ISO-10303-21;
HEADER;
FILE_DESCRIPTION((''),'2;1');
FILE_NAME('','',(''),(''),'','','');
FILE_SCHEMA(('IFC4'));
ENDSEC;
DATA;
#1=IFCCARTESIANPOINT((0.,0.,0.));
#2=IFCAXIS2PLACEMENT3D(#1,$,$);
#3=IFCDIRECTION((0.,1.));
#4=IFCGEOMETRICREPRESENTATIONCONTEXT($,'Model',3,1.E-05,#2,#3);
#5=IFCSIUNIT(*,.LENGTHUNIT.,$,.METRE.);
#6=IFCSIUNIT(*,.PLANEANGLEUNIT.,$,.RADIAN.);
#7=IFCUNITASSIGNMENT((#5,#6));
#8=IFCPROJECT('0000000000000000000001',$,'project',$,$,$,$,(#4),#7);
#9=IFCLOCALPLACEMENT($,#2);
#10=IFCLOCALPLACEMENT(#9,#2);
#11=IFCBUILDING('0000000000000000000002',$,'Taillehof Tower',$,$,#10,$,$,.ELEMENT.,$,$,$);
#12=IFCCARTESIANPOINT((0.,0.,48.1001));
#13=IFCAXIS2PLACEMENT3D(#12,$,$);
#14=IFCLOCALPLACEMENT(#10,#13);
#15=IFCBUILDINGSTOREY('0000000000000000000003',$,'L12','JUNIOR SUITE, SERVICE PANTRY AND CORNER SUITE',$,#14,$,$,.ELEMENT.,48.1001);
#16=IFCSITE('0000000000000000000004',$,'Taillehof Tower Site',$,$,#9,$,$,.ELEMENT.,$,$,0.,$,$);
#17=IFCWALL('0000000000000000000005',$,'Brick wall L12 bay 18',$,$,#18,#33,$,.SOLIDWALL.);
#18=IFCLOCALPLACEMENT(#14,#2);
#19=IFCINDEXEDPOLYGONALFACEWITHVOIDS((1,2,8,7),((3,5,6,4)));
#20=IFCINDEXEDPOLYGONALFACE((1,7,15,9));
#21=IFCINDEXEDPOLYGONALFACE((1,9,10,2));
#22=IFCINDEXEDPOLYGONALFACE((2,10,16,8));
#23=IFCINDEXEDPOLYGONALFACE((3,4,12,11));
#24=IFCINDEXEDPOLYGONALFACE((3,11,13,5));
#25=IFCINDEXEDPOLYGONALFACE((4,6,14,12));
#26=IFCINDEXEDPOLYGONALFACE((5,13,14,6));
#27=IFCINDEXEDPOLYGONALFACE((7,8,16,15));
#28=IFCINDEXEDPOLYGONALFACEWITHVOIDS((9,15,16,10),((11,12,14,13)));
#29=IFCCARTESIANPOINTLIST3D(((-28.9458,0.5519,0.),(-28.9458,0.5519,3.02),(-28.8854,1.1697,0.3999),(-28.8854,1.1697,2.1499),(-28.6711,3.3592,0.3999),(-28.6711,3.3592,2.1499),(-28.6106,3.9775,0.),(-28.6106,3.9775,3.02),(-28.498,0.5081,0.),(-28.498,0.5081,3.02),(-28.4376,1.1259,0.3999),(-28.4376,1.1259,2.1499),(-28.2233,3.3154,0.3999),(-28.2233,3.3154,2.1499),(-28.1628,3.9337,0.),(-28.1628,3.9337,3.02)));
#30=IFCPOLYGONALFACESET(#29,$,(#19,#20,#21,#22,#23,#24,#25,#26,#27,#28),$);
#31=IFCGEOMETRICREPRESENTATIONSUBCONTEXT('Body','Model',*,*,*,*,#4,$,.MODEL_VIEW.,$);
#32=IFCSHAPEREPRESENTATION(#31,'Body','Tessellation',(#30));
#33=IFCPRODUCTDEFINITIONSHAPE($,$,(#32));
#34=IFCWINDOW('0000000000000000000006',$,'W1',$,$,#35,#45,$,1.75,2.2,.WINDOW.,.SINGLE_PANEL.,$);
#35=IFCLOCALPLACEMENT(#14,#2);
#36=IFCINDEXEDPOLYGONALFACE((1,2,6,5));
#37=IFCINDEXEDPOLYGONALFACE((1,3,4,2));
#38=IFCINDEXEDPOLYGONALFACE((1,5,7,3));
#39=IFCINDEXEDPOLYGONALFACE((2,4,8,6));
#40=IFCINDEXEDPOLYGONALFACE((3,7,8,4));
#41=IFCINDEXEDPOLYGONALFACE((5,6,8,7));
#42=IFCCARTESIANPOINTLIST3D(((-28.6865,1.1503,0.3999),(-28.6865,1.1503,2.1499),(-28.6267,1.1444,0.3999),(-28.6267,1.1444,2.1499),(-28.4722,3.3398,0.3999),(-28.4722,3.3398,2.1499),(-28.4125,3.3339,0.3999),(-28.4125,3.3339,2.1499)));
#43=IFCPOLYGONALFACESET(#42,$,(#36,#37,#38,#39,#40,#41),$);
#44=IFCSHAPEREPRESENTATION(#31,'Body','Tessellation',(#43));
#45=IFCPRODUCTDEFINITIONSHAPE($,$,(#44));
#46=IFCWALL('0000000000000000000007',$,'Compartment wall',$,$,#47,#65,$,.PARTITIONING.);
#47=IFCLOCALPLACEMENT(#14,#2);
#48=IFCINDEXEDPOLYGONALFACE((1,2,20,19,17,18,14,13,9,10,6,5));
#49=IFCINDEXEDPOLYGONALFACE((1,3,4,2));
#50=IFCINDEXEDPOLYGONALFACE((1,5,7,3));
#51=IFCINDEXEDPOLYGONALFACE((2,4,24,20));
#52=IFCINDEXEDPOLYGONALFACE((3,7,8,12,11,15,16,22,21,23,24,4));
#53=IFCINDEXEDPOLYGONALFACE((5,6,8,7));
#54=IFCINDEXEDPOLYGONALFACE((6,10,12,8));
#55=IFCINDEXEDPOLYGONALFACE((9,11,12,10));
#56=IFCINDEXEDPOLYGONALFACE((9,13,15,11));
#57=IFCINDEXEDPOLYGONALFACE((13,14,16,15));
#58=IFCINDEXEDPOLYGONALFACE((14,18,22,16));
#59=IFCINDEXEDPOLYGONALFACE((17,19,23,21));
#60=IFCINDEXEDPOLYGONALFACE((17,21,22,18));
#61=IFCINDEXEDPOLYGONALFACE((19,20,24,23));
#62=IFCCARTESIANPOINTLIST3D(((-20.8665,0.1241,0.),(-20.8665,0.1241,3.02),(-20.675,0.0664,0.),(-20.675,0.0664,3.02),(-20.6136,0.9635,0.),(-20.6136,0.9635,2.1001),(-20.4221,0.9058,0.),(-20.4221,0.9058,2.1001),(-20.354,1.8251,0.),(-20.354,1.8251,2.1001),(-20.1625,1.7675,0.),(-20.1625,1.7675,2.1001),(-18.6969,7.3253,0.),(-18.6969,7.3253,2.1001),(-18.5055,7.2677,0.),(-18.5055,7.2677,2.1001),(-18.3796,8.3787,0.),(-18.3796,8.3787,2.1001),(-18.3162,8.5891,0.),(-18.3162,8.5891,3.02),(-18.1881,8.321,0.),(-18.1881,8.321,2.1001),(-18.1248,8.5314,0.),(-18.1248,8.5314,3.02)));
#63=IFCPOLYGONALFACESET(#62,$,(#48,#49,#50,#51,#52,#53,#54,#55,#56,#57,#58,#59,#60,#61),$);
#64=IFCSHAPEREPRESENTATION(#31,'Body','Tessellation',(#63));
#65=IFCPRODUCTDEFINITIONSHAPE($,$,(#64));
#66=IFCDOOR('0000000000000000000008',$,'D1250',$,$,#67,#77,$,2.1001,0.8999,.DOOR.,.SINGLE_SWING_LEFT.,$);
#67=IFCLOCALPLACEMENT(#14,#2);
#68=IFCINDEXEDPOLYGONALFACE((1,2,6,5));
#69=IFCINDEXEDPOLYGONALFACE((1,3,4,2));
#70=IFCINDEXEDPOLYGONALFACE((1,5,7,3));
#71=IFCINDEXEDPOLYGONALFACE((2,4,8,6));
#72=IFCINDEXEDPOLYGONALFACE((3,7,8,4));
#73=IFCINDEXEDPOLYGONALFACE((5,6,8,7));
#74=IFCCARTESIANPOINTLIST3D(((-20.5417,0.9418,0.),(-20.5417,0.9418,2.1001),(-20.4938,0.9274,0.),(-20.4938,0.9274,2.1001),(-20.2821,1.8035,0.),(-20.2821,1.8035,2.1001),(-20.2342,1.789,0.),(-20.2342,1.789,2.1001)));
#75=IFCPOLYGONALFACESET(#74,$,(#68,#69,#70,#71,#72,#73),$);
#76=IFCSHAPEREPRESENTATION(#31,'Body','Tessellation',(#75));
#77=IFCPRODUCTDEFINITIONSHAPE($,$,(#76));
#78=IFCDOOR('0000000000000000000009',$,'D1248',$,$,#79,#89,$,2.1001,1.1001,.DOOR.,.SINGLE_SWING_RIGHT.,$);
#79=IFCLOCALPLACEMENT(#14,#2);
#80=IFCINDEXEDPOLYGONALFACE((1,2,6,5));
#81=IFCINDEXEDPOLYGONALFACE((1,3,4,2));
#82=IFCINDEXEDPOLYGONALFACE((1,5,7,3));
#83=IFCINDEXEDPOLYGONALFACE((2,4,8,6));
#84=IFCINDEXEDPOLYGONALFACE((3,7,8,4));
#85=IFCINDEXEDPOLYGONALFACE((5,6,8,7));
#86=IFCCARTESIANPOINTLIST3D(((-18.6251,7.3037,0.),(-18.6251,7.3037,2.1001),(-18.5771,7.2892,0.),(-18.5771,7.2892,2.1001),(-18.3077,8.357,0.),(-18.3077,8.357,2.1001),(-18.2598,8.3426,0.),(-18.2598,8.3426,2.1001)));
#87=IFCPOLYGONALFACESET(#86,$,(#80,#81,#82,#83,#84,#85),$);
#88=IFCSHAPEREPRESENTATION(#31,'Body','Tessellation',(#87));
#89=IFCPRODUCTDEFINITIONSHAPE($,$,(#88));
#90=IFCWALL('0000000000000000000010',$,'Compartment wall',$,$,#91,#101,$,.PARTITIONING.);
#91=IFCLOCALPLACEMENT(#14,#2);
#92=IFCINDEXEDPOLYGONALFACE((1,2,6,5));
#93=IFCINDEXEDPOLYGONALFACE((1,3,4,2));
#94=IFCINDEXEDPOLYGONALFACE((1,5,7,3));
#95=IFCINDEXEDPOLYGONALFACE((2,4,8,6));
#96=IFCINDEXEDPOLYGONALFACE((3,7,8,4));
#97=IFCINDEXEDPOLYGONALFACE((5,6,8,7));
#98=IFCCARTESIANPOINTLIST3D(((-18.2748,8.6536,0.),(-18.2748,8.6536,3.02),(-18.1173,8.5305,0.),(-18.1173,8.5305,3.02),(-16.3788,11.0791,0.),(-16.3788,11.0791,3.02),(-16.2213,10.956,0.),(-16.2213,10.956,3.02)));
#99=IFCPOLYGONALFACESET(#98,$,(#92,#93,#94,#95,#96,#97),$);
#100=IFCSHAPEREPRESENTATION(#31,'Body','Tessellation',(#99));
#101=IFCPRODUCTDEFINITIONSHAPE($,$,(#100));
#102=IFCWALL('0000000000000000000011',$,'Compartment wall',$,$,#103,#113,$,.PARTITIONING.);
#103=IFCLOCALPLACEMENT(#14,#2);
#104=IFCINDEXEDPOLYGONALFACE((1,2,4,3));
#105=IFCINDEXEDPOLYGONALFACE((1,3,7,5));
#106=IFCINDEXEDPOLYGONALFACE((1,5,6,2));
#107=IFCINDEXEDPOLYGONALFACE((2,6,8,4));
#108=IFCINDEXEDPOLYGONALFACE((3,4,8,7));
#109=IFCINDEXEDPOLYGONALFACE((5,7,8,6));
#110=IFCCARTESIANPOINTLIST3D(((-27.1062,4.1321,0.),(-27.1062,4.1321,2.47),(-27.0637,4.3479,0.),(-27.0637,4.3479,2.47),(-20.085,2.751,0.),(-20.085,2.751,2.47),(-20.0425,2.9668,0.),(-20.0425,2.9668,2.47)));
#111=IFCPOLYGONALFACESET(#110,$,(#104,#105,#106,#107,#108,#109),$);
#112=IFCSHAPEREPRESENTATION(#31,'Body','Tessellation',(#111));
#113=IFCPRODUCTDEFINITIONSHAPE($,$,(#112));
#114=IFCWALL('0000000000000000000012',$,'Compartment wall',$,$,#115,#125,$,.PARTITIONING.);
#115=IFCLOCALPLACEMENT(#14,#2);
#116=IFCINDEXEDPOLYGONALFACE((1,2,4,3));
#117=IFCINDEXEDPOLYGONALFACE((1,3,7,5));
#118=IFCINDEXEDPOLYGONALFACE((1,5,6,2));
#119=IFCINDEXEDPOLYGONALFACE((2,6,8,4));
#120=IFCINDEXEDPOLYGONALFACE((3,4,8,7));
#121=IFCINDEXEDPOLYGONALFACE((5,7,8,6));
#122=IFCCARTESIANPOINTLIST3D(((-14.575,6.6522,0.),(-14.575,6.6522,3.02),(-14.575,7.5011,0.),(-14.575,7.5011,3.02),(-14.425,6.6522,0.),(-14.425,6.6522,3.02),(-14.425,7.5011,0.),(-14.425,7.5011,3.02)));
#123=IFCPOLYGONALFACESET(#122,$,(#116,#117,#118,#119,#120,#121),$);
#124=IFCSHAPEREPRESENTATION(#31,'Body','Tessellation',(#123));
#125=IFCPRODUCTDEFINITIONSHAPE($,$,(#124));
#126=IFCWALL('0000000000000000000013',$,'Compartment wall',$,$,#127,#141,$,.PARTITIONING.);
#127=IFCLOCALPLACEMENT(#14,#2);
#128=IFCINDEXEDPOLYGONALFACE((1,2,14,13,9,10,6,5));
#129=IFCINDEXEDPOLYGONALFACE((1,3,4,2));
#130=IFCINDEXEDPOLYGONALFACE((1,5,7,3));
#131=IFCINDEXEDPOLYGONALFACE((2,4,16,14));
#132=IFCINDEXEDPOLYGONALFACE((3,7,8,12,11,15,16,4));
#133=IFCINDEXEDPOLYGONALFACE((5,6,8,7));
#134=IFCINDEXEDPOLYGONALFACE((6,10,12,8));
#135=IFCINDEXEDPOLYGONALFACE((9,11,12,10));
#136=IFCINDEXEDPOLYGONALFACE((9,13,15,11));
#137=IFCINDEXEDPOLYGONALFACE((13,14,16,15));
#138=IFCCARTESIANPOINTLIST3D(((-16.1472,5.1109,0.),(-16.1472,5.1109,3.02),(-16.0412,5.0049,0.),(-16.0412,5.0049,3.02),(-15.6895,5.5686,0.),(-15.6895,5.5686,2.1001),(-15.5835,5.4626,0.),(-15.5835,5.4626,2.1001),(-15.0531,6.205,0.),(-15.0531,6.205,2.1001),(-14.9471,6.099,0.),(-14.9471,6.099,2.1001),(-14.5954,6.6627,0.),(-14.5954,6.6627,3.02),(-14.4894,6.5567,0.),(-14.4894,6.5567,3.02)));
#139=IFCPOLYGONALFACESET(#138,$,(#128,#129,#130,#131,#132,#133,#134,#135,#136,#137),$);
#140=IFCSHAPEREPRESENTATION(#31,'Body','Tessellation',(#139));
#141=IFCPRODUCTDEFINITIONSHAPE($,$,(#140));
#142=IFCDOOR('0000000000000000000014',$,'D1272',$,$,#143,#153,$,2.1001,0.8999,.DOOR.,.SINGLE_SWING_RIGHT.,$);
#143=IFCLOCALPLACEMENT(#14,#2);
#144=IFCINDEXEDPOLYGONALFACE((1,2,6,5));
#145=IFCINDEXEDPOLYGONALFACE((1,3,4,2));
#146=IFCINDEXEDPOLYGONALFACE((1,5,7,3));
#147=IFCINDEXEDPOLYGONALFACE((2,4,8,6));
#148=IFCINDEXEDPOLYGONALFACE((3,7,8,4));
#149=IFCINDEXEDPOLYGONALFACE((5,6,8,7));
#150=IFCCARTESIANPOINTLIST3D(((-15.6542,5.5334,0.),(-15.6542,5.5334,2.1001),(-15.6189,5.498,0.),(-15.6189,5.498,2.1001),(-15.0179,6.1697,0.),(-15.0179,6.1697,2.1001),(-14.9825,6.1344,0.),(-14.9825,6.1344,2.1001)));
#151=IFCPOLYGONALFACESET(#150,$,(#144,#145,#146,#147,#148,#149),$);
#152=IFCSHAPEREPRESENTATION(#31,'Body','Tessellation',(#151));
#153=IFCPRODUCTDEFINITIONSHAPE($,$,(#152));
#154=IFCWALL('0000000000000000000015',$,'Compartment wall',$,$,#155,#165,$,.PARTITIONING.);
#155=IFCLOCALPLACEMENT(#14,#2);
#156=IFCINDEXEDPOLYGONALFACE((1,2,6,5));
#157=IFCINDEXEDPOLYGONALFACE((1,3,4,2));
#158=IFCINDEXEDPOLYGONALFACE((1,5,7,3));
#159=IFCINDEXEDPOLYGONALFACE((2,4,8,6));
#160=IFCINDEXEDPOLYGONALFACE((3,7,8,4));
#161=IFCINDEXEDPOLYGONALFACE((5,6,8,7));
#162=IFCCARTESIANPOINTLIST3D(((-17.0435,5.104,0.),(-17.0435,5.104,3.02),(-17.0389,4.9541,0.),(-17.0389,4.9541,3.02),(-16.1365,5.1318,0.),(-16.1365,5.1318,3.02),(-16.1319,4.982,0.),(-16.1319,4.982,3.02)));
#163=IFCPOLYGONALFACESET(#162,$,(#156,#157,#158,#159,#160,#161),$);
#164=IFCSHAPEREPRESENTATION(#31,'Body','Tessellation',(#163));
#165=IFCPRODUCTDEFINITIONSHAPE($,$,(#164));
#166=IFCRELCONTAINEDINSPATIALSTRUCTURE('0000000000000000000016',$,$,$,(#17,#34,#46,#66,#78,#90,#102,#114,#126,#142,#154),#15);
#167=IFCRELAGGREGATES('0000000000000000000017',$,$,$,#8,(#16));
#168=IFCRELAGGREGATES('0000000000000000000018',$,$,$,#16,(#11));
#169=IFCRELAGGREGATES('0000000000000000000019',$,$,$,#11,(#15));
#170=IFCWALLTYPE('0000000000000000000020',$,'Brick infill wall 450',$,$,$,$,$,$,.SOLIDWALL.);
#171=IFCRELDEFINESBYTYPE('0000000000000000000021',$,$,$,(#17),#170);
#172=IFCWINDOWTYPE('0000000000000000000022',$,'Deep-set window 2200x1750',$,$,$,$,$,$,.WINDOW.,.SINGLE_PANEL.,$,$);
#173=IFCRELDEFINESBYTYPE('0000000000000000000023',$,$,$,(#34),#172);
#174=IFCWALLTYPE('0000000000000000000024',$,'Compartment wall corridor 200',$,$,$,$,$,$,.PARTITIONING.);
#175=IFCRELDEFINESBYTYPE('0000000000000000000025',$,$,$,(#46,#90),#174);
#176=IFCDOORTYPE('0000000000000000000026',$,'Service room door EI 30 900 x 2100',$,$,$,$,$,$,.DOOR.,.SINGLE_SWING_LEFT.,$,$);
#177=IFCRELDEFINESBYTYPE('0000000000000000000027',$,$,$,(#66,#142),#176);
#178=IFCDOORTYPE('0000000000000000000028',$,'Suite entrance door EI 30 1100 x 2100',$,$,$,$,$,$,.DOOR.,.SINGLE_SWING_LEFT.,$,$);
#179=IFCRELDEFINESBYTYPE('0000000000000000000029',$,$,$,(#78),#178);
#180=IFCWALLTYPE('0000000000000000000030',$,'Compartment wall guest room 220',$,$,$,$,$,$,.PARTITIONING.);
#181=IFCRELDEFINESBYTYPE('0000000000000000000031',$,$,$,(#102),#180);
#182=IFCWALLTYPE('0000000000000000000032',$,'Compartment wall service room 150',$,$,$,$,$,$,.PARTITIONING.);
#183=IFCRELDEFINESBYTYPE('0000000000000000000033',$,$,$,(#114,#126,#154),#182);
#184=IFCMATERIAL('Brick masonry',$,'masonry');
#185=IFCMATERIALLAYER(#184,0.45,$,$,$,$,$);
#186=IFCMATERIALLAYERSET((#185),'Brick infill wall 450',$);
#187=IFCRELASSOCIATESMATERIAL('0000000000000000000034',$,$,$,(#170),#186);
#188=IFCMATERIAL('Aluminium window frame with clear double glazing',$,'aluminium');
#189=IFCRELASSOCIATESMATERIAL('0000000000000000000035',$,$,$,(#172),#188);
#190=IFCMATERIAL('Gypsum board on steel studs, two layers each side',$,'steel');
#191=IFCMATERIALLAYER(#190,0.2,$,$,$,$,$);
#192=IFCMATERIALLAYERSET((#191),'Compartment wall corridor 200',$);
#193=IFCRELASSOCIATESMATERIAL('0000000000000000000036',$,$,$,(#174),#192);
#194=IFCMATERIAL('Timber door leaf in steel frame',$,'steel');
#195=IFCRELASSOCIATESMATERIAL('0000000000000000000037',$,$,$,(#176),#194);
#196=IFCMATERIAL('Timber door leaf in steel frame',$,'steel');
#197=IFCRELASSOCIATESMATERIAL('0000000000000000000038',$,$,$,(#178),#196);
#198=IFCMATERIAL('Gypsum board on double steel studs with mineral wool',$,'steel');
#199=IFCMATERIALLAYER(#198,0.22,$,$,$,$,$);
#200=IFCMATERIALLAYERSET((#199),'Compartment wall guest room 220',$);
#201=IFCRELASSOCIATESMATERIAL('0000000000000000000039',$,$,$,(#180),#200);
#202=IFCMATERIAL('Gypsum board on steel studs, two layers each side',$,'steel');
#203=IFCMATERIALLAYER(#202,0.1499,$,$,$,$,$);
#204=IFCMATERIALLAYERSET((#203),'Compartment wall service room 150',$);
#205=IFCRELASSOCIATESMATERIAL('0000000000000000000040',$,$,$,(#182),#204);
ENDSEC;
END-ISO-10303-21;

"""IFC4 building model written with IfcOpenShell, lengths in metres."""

from ifc_helpers import new_model, si_unit, direction, frame, frame_2d, origin, place, context, subcontext, project, spatial, rectangle, extrude, material, layer, layer_set, type_object, element, fill, save


model = new_model("IFC4")

# Units and contexts
model_context = context("Model", 3, precision=1e-05, world=origin(), true_north=direction((0.0, 1.0)))
body_context = subcontext(model_context, "Body", "Model", "MODEL_VIEW")
ifc_project = project(units=[si_unit("LENGTHUNIT", "METRE"), si_unit("PLANEANGLEUNIT", "RADIAN")], contexts=[model_context])

# Site, building, storey
site_placement = place(None, origin())
site = spatial("IfcSite", under=ifc_project, at=site_placement, Name="Taillehof Tower Site", CompositionType="ELEMENT", RefElevation=0.0)
building_placement = place(site_placement, origin())
building = spatial("IfcBuilding", under=site, at=building_placement, Name="Taillehof Tower", CompositionType="ELEMENT")
storey_placement = place(building_placement, frame((0.0, 0.0, 48.1001)))
storey = spatial("IfcBuildingStorey", under=building, at=storey_placement, Name="L12", Description="JUNIOR SUITE, SERVICE PANTRY AND CORNER SUITE", CompositionType="ELEMENT", Elevation=48.1001)

# Wall, opening, window
ifc_material_1 = material(Name="Brick masonry", Category="masonry")
ifc_layer_1 = layer(ifc_material_1, 0.45)
ifc_layer_set_1 = layer_set([ifc_layer_1], Name="Brick infill wall 450")
wall_type_1 = type_object("IfcWallType", Name="Brick infill wall 450", PredefinedType="SOLIDWALL", material=ifc_layer_set_1)
ifc_material_2 = material(Name="Aluminium window frame with clear double glazing", Category="aluminium")
window_type = type_object("IfcWindowType", Name="Deep-set window 2200x1750", PartitioningType="SINGLE_PANEL", PredefinedType="WINDOW", material=ifc_material_2)
wall_1_placement = place(storey_placement, frame((-28.3867, 3.9556, 0.0), z_axis=(0.0, 0.0, 1.0), x_axis=(-0.09739, -0.995246, 0.0)))
wall_1 = element("IfcWall", 1, at=wall_1_placement, inside=storey, type_object=wall_type_1, Name="Brick wall L12 bay 18", PredefinedType="SOLIDWALL", context=body_context, shape_type="SweptSolid", body=[
    extrude(rectangle(XDim=3.4419, YDim=0.45, at=frame_2d((1.7209, 0.0))), origin(), (0.0, 0.0, 1.0), 3.02),
])
opening_1_placement = place(wall_1_placement, frame((0.6211, 0.0, 0.3999)))
opening_1 = element("IfcOpeningElement", 2, at=opening_1_placement, cuts=wall_1, PredefinedType="OPENING", context=body_context, shape_type="SweptSolid", body=[
    extrude(rectangle(XDim=2.2, YDim=1.75, at=frame_2d((1.1001, 0.875))), frame((0.0, 0.2349, 0.0), z_axis=(0.0, -1.0, 0.0), x_axis=(1.0, 0.0, 0.0)), (0.0, 0.0, 1.0), 0.47),
])
window_1_placement = place(opening_1_placement, origin())
window_1 = element("IfcWindow", 3, at=window_1_placement, inside=storey, type_object=window_type, Name="W1", OverallHeight=1.75, OverallWidth=2.2, PartitioningType="SINGLE_PANEL", PredefinedType="WINDOW", context=body_context, shape_type="SweptSolid", body=[
    extrude(rectangle(XDim=2.2, YDim=1.75, at=frame_2d((1.1001, 0.875))), frame((0.0, 0.0349, 0.0), z_axis=(0.0, -1.0, 0.0), x_axis=(1.0, 0.0, 0.0)), (0.0, 0.0, 1.0), 0.0601),
])
fill(opening_1, window_1)

# Wall, openings, doors
ifc_material_3 = material(Name="Gypsum board on steel studs, two layers each side", Category="steel")
ifc_layer_2 = layer(ifc_material_3, 0.2)
ifc_layer_set_2 = layer_set([ifc_layer_2], Name="Compartment wall corridor 200")
wall_type_2 = type_object("IfcWallType", Name="Compartment wall corridor 200", PredefinedType="PARTITIONING", material=ifc_layer_set_2)
wall_2_placement = place(storey_placement, frame((-20.7708, 0.0952, 0.0), z_axis=(0.0, 0.0, 1.0), x_axis=(0.288465, 0.95749, 0.0)))
wall_2 = element("IfcWall", 4, at=wall_2_placement, inside=storey, type_object=wall_type_2, Name="Compartment wall", PredefinedType="PARTITIONING", context=body_context, shape_type="SweptSolid", body=[
    extrude(rectangle(XDim=8.8408, YDim=0.2, at=frame_2d((4.4204, 0.0))), origin(), (0.0, 0.0, 1.0), 3.02),
])
opening_2_placement = place(wall_2_placement, frame((7.521, 0.0, 0.0)))
opening_2 = element("IfcOpeningElement", 5, at=opening_2_placement, cuts=wall_2, PredefinedType="OPENING", context=body_context, shape_type="SweptSolid", body=[
    extrude(rectangle(XDim=1.1001, YDim=2.1001, at=frame_2d((0.55, 1.05))), frame((0.0, 0.1099, 0.0), z_axis=(0.0, -1.0, 0.0), x_axis=(1.0, 0.0, 0.0)), (0.0, 0.0, 1.0), 0.22),
])
opening_3_placement = place(wall_2_placement, frame((0.8767, 0.0, 0.0)))
opening_3 = element("IfcOpeningElement", 6, at=opening_3_placement, cuts=wall_2, PredefinedType="OPENING", context=body_context, shape_type="SweptSolid", body=[
    extrude(rectangle(XDim=0.8999, YDim=2.1001, at=frame_2d((0.45, 1.05))), frame((0.0, 0.1099, 0.0), z_axis=(0.0, -1.0, 0.0), x_axis=(1.0, 0.0, 0.0)), (0.0, 0.0, 1.0), 0.22),
])
ifc_material_4 = material(Name="Timber door leaf in steel frame", Category="steel")
door_type_1 = type_object("IfcDoorType", Name="Service room door EI 30 900 x 2100", OperationType="SINGLE_SWING_LEFT", PredefinedType="DOOR", material=ifc_material_4)
door_1_placement = place(opening_3_placement, origin())
door_1 = element("IfcDoor", 7, at=door_1_placement, inside=storey, type_object=door_type_1, Name="D1250", OperationType="SINGLE_SWING_LEFT", OverallHeight=2.1001, OverallWidth=0.8999, PredefinedType="DOOR", context=body_context, shape_type="SweptSolid", body=[
    extrude(rectangle(XDim=0.8999, YDim=2.1001, at=frame_2d((0.45, 1.05))), frame((0.0, 0.0249, 0.0), z_axis=(0.0, -1.0, 0.0), x_axis=(1.0, 0.0, 0.0)), (0.0, 0.0, 1.0), 0.05),
])
fill(opening_3, door_1)
ifc_material_5 = material(Name="Timber door leaf in steel frame", Category="steel")
door_type_2 = type_object("IfcDoorType", Name="Suite entrance door EI 30 1100 x 2100", OperationType="SINGLE_SWING_LEFT", PredefinedType="DOOR", material=ifc_material_5)
door_2_placement = place(opening_2_placement, origin())
door_2 = element("IfcDoor", 8, at=door_2_placement, inside=storey, type_object=door_type_2, Name="D1248", OperationType="SINGLE_SWING_RIGHT", OverallHeight=2.1001, OverallWidth=1.1001, PredefinedType="DOOR", context=body_context, shape_type="SweptSolid", body=[
    extrude(rectangle(XDim=1.1001, YDim=2.1001, at=frame_2d((0.55, 1.05))), frame((0.0, 0.0249, 0.0), z_axis=(0.0, -1.0, 0.0), x_axis=(1.0, 0.0, 0.0)), (0.0, 0.0, 1.0), 0.05),
])
fill(opening_2, door_2)

# Walls
wall_3_placement = place(storey_placement, frame((-18.196, 8.592, 0.0), z_axis=(0.0, 0.0, 1.0), x_axis=(0.615855, 0.78786, 0.0)))
element("IfcWall", 9, at=wall_3_placement, inside=storey, type_object=wall_type_2, Name="Compartment wall", PredefinedType="PARTITIONING", context=body_context, shape_type="SweptSolid", body=[
    extrude(rectangle(XDim=3.0786, YDim=0.2, at=frame_2d((1.5393, 0.0))), origin(), (0.0, 0.0, 1.0), 3.02),
])
ifc_material_6 = material(Name="Gypsum board on double steel studs with mineral wool", Category="steel")
ifc_layer_3 = layer(ifc_material_6, 0.22)
ifc_layer_set_3 = layer_set([ifc_layer_3], Name="Compartment wall guest room 220")
wall_type_3 = type_object("IfcWallType", Name="Compartment wall guest room 220", PredefinedType="PARTITIONING", material=ifc_layer_set_3)
wall_4_placement = place(storey_placement, frame((-27.085, 4.24, 0.0), z_axis=(0.0, 0.0, 1.0), x_axis=(0.981198, -0.193005, 0.0)))
element("IfcWall", 10, at=wall_4_placement, inside=storey, type_object=wall_type_3, Name="Compartment wall", PredefinedType="PARTITIONING", context=body_context, shape_type="SweptSolid", body=[
    extrude(rectangle(XDim=7.1558, YDim=0.22, at=frame_2d((3.5779, 0.0))), origin(), (0.0, 0.0, 1.0), 2.47),
])
ifc_material_7 = material(Name="Gypsum board on steel studs, two layers each side", Category="steel")
ifc_layer_4 = layer(ifc_material_7, 0.1499)
ifc_layer_set_4 = layer_set([ifc_layer_4], Name="Compartment wall service room 150")
wall_type_4 = type_object("IfcWallType", Name="Compartment wall service room 150", PredefinedType="PARTITIONING", material=ifc_layer_set_4)
wall_5_placement = place(storey_placement, frame((-14.5, 7.501, 0.0), z_axis=(0.0, 0.0, 1.0), x_axis=(0.0, -1.0, 0.0)))
element("IfcWall", 11, at=wall_5_placement, inside=storey, type_object=wall_type_4, Name="Compartment wall", PredefinedType="PARTITIONING", context=body_context, shape_type="SweptSolid", body=[
    extrude(rectangle(XDim=0.8489, YDim=0.1499, at=frame_2d((0.4243, 0.0))), origin(), (0.0, 0.0, 1.0), 3.02),
])

# Wall, opening, door
wall_6_placement = place(storey_placement, frame((-14.5425, 6.6096, 0.0), z_axis=(0.0, 0.0, 1.0), x_axis=(-0.707107, -0.707107, 0.0)))
wall_6 = element("IfcWall", 12, at=wall_6_placement, inside=storey, type_object=wall_type_4, Name="Compartment wall", PredefinedType="PARTITIONING", context=body_context, shape_type="SweptSolid", body=[
    extrude(rectangle(XDim=2.1946, YDim=0.1499, at=frame_2d((1.0972, 0.0))), origin(), (0.0, 0.0, 1.0), 3.02),
])
opening_4_placement = place(wall_6_placement, frame((0.6472, 0.0, 0.0)))
opening_4 = element("IfcOpeningElement", 13, at=opening_4_placement, cuts=wall_6, PredefinedType="OPENING", context=body_context, shape_type="SweptSolid", body=[
    extrude(rectangle(XDim=0.8999, YDim=2.1001, at=frame_2d((0.45, 1.05))), frame((0.0, 0.085, 0.0), z_axis=(0.0, -1.0, 0.0), x_axis=(1.0, 0.0, 0.0)), (0.0, 0.0, 1.0), 0.1699),
])
door_3_placement = place(opening_4_placement, origin())
door_3 = element("IfcDoor", 14, at=door_3_placement, inside=storey, type_object=door_type_1, Name="D1272", OperationType="SINGLE_SWING_RIGHT", OverallHeight=2.1001, OverallWidth=0.8999, PredefinedType="DOOR", context=body_context, shape_type="SweptSolid", body=[
    extrude(rectangle(XDim=0.8999, YDim=2.1001, at=frame_2d((0.45, 1.05))), frame((0.0, 0.0249, 0.0), z_axis=(0.0, -1.0, 0.0), x_axis=(1.0, 0.0, 0.0)), (0.0, 0.0, 1.0), 0.05),
])
fill(opening_4, door_3)

# Wall
wall_7_placement = place(storey_placement, frame((-16.1343, 5.0569, 0.0), z_axis=(0.0, 0.0, 1.0), x_axis=(-0.99953, -0.030672, 0.0)))
element("IfcWall", 15, at=wall_7_placement, inside=storey, type_object=wall_type_4, Name="Compartment wall", PredefinedType="PARTITIONING", context=body_context, shape_type="SweptSolid", body=[
    extrude(rectangle(XDim=0.9075, YDim=0.1499, at=frame_2d((0.4536, 0.0))), origin(), (0.0, 0.0, 1.0), 3.02),
])

save(model, "model.ifc")
